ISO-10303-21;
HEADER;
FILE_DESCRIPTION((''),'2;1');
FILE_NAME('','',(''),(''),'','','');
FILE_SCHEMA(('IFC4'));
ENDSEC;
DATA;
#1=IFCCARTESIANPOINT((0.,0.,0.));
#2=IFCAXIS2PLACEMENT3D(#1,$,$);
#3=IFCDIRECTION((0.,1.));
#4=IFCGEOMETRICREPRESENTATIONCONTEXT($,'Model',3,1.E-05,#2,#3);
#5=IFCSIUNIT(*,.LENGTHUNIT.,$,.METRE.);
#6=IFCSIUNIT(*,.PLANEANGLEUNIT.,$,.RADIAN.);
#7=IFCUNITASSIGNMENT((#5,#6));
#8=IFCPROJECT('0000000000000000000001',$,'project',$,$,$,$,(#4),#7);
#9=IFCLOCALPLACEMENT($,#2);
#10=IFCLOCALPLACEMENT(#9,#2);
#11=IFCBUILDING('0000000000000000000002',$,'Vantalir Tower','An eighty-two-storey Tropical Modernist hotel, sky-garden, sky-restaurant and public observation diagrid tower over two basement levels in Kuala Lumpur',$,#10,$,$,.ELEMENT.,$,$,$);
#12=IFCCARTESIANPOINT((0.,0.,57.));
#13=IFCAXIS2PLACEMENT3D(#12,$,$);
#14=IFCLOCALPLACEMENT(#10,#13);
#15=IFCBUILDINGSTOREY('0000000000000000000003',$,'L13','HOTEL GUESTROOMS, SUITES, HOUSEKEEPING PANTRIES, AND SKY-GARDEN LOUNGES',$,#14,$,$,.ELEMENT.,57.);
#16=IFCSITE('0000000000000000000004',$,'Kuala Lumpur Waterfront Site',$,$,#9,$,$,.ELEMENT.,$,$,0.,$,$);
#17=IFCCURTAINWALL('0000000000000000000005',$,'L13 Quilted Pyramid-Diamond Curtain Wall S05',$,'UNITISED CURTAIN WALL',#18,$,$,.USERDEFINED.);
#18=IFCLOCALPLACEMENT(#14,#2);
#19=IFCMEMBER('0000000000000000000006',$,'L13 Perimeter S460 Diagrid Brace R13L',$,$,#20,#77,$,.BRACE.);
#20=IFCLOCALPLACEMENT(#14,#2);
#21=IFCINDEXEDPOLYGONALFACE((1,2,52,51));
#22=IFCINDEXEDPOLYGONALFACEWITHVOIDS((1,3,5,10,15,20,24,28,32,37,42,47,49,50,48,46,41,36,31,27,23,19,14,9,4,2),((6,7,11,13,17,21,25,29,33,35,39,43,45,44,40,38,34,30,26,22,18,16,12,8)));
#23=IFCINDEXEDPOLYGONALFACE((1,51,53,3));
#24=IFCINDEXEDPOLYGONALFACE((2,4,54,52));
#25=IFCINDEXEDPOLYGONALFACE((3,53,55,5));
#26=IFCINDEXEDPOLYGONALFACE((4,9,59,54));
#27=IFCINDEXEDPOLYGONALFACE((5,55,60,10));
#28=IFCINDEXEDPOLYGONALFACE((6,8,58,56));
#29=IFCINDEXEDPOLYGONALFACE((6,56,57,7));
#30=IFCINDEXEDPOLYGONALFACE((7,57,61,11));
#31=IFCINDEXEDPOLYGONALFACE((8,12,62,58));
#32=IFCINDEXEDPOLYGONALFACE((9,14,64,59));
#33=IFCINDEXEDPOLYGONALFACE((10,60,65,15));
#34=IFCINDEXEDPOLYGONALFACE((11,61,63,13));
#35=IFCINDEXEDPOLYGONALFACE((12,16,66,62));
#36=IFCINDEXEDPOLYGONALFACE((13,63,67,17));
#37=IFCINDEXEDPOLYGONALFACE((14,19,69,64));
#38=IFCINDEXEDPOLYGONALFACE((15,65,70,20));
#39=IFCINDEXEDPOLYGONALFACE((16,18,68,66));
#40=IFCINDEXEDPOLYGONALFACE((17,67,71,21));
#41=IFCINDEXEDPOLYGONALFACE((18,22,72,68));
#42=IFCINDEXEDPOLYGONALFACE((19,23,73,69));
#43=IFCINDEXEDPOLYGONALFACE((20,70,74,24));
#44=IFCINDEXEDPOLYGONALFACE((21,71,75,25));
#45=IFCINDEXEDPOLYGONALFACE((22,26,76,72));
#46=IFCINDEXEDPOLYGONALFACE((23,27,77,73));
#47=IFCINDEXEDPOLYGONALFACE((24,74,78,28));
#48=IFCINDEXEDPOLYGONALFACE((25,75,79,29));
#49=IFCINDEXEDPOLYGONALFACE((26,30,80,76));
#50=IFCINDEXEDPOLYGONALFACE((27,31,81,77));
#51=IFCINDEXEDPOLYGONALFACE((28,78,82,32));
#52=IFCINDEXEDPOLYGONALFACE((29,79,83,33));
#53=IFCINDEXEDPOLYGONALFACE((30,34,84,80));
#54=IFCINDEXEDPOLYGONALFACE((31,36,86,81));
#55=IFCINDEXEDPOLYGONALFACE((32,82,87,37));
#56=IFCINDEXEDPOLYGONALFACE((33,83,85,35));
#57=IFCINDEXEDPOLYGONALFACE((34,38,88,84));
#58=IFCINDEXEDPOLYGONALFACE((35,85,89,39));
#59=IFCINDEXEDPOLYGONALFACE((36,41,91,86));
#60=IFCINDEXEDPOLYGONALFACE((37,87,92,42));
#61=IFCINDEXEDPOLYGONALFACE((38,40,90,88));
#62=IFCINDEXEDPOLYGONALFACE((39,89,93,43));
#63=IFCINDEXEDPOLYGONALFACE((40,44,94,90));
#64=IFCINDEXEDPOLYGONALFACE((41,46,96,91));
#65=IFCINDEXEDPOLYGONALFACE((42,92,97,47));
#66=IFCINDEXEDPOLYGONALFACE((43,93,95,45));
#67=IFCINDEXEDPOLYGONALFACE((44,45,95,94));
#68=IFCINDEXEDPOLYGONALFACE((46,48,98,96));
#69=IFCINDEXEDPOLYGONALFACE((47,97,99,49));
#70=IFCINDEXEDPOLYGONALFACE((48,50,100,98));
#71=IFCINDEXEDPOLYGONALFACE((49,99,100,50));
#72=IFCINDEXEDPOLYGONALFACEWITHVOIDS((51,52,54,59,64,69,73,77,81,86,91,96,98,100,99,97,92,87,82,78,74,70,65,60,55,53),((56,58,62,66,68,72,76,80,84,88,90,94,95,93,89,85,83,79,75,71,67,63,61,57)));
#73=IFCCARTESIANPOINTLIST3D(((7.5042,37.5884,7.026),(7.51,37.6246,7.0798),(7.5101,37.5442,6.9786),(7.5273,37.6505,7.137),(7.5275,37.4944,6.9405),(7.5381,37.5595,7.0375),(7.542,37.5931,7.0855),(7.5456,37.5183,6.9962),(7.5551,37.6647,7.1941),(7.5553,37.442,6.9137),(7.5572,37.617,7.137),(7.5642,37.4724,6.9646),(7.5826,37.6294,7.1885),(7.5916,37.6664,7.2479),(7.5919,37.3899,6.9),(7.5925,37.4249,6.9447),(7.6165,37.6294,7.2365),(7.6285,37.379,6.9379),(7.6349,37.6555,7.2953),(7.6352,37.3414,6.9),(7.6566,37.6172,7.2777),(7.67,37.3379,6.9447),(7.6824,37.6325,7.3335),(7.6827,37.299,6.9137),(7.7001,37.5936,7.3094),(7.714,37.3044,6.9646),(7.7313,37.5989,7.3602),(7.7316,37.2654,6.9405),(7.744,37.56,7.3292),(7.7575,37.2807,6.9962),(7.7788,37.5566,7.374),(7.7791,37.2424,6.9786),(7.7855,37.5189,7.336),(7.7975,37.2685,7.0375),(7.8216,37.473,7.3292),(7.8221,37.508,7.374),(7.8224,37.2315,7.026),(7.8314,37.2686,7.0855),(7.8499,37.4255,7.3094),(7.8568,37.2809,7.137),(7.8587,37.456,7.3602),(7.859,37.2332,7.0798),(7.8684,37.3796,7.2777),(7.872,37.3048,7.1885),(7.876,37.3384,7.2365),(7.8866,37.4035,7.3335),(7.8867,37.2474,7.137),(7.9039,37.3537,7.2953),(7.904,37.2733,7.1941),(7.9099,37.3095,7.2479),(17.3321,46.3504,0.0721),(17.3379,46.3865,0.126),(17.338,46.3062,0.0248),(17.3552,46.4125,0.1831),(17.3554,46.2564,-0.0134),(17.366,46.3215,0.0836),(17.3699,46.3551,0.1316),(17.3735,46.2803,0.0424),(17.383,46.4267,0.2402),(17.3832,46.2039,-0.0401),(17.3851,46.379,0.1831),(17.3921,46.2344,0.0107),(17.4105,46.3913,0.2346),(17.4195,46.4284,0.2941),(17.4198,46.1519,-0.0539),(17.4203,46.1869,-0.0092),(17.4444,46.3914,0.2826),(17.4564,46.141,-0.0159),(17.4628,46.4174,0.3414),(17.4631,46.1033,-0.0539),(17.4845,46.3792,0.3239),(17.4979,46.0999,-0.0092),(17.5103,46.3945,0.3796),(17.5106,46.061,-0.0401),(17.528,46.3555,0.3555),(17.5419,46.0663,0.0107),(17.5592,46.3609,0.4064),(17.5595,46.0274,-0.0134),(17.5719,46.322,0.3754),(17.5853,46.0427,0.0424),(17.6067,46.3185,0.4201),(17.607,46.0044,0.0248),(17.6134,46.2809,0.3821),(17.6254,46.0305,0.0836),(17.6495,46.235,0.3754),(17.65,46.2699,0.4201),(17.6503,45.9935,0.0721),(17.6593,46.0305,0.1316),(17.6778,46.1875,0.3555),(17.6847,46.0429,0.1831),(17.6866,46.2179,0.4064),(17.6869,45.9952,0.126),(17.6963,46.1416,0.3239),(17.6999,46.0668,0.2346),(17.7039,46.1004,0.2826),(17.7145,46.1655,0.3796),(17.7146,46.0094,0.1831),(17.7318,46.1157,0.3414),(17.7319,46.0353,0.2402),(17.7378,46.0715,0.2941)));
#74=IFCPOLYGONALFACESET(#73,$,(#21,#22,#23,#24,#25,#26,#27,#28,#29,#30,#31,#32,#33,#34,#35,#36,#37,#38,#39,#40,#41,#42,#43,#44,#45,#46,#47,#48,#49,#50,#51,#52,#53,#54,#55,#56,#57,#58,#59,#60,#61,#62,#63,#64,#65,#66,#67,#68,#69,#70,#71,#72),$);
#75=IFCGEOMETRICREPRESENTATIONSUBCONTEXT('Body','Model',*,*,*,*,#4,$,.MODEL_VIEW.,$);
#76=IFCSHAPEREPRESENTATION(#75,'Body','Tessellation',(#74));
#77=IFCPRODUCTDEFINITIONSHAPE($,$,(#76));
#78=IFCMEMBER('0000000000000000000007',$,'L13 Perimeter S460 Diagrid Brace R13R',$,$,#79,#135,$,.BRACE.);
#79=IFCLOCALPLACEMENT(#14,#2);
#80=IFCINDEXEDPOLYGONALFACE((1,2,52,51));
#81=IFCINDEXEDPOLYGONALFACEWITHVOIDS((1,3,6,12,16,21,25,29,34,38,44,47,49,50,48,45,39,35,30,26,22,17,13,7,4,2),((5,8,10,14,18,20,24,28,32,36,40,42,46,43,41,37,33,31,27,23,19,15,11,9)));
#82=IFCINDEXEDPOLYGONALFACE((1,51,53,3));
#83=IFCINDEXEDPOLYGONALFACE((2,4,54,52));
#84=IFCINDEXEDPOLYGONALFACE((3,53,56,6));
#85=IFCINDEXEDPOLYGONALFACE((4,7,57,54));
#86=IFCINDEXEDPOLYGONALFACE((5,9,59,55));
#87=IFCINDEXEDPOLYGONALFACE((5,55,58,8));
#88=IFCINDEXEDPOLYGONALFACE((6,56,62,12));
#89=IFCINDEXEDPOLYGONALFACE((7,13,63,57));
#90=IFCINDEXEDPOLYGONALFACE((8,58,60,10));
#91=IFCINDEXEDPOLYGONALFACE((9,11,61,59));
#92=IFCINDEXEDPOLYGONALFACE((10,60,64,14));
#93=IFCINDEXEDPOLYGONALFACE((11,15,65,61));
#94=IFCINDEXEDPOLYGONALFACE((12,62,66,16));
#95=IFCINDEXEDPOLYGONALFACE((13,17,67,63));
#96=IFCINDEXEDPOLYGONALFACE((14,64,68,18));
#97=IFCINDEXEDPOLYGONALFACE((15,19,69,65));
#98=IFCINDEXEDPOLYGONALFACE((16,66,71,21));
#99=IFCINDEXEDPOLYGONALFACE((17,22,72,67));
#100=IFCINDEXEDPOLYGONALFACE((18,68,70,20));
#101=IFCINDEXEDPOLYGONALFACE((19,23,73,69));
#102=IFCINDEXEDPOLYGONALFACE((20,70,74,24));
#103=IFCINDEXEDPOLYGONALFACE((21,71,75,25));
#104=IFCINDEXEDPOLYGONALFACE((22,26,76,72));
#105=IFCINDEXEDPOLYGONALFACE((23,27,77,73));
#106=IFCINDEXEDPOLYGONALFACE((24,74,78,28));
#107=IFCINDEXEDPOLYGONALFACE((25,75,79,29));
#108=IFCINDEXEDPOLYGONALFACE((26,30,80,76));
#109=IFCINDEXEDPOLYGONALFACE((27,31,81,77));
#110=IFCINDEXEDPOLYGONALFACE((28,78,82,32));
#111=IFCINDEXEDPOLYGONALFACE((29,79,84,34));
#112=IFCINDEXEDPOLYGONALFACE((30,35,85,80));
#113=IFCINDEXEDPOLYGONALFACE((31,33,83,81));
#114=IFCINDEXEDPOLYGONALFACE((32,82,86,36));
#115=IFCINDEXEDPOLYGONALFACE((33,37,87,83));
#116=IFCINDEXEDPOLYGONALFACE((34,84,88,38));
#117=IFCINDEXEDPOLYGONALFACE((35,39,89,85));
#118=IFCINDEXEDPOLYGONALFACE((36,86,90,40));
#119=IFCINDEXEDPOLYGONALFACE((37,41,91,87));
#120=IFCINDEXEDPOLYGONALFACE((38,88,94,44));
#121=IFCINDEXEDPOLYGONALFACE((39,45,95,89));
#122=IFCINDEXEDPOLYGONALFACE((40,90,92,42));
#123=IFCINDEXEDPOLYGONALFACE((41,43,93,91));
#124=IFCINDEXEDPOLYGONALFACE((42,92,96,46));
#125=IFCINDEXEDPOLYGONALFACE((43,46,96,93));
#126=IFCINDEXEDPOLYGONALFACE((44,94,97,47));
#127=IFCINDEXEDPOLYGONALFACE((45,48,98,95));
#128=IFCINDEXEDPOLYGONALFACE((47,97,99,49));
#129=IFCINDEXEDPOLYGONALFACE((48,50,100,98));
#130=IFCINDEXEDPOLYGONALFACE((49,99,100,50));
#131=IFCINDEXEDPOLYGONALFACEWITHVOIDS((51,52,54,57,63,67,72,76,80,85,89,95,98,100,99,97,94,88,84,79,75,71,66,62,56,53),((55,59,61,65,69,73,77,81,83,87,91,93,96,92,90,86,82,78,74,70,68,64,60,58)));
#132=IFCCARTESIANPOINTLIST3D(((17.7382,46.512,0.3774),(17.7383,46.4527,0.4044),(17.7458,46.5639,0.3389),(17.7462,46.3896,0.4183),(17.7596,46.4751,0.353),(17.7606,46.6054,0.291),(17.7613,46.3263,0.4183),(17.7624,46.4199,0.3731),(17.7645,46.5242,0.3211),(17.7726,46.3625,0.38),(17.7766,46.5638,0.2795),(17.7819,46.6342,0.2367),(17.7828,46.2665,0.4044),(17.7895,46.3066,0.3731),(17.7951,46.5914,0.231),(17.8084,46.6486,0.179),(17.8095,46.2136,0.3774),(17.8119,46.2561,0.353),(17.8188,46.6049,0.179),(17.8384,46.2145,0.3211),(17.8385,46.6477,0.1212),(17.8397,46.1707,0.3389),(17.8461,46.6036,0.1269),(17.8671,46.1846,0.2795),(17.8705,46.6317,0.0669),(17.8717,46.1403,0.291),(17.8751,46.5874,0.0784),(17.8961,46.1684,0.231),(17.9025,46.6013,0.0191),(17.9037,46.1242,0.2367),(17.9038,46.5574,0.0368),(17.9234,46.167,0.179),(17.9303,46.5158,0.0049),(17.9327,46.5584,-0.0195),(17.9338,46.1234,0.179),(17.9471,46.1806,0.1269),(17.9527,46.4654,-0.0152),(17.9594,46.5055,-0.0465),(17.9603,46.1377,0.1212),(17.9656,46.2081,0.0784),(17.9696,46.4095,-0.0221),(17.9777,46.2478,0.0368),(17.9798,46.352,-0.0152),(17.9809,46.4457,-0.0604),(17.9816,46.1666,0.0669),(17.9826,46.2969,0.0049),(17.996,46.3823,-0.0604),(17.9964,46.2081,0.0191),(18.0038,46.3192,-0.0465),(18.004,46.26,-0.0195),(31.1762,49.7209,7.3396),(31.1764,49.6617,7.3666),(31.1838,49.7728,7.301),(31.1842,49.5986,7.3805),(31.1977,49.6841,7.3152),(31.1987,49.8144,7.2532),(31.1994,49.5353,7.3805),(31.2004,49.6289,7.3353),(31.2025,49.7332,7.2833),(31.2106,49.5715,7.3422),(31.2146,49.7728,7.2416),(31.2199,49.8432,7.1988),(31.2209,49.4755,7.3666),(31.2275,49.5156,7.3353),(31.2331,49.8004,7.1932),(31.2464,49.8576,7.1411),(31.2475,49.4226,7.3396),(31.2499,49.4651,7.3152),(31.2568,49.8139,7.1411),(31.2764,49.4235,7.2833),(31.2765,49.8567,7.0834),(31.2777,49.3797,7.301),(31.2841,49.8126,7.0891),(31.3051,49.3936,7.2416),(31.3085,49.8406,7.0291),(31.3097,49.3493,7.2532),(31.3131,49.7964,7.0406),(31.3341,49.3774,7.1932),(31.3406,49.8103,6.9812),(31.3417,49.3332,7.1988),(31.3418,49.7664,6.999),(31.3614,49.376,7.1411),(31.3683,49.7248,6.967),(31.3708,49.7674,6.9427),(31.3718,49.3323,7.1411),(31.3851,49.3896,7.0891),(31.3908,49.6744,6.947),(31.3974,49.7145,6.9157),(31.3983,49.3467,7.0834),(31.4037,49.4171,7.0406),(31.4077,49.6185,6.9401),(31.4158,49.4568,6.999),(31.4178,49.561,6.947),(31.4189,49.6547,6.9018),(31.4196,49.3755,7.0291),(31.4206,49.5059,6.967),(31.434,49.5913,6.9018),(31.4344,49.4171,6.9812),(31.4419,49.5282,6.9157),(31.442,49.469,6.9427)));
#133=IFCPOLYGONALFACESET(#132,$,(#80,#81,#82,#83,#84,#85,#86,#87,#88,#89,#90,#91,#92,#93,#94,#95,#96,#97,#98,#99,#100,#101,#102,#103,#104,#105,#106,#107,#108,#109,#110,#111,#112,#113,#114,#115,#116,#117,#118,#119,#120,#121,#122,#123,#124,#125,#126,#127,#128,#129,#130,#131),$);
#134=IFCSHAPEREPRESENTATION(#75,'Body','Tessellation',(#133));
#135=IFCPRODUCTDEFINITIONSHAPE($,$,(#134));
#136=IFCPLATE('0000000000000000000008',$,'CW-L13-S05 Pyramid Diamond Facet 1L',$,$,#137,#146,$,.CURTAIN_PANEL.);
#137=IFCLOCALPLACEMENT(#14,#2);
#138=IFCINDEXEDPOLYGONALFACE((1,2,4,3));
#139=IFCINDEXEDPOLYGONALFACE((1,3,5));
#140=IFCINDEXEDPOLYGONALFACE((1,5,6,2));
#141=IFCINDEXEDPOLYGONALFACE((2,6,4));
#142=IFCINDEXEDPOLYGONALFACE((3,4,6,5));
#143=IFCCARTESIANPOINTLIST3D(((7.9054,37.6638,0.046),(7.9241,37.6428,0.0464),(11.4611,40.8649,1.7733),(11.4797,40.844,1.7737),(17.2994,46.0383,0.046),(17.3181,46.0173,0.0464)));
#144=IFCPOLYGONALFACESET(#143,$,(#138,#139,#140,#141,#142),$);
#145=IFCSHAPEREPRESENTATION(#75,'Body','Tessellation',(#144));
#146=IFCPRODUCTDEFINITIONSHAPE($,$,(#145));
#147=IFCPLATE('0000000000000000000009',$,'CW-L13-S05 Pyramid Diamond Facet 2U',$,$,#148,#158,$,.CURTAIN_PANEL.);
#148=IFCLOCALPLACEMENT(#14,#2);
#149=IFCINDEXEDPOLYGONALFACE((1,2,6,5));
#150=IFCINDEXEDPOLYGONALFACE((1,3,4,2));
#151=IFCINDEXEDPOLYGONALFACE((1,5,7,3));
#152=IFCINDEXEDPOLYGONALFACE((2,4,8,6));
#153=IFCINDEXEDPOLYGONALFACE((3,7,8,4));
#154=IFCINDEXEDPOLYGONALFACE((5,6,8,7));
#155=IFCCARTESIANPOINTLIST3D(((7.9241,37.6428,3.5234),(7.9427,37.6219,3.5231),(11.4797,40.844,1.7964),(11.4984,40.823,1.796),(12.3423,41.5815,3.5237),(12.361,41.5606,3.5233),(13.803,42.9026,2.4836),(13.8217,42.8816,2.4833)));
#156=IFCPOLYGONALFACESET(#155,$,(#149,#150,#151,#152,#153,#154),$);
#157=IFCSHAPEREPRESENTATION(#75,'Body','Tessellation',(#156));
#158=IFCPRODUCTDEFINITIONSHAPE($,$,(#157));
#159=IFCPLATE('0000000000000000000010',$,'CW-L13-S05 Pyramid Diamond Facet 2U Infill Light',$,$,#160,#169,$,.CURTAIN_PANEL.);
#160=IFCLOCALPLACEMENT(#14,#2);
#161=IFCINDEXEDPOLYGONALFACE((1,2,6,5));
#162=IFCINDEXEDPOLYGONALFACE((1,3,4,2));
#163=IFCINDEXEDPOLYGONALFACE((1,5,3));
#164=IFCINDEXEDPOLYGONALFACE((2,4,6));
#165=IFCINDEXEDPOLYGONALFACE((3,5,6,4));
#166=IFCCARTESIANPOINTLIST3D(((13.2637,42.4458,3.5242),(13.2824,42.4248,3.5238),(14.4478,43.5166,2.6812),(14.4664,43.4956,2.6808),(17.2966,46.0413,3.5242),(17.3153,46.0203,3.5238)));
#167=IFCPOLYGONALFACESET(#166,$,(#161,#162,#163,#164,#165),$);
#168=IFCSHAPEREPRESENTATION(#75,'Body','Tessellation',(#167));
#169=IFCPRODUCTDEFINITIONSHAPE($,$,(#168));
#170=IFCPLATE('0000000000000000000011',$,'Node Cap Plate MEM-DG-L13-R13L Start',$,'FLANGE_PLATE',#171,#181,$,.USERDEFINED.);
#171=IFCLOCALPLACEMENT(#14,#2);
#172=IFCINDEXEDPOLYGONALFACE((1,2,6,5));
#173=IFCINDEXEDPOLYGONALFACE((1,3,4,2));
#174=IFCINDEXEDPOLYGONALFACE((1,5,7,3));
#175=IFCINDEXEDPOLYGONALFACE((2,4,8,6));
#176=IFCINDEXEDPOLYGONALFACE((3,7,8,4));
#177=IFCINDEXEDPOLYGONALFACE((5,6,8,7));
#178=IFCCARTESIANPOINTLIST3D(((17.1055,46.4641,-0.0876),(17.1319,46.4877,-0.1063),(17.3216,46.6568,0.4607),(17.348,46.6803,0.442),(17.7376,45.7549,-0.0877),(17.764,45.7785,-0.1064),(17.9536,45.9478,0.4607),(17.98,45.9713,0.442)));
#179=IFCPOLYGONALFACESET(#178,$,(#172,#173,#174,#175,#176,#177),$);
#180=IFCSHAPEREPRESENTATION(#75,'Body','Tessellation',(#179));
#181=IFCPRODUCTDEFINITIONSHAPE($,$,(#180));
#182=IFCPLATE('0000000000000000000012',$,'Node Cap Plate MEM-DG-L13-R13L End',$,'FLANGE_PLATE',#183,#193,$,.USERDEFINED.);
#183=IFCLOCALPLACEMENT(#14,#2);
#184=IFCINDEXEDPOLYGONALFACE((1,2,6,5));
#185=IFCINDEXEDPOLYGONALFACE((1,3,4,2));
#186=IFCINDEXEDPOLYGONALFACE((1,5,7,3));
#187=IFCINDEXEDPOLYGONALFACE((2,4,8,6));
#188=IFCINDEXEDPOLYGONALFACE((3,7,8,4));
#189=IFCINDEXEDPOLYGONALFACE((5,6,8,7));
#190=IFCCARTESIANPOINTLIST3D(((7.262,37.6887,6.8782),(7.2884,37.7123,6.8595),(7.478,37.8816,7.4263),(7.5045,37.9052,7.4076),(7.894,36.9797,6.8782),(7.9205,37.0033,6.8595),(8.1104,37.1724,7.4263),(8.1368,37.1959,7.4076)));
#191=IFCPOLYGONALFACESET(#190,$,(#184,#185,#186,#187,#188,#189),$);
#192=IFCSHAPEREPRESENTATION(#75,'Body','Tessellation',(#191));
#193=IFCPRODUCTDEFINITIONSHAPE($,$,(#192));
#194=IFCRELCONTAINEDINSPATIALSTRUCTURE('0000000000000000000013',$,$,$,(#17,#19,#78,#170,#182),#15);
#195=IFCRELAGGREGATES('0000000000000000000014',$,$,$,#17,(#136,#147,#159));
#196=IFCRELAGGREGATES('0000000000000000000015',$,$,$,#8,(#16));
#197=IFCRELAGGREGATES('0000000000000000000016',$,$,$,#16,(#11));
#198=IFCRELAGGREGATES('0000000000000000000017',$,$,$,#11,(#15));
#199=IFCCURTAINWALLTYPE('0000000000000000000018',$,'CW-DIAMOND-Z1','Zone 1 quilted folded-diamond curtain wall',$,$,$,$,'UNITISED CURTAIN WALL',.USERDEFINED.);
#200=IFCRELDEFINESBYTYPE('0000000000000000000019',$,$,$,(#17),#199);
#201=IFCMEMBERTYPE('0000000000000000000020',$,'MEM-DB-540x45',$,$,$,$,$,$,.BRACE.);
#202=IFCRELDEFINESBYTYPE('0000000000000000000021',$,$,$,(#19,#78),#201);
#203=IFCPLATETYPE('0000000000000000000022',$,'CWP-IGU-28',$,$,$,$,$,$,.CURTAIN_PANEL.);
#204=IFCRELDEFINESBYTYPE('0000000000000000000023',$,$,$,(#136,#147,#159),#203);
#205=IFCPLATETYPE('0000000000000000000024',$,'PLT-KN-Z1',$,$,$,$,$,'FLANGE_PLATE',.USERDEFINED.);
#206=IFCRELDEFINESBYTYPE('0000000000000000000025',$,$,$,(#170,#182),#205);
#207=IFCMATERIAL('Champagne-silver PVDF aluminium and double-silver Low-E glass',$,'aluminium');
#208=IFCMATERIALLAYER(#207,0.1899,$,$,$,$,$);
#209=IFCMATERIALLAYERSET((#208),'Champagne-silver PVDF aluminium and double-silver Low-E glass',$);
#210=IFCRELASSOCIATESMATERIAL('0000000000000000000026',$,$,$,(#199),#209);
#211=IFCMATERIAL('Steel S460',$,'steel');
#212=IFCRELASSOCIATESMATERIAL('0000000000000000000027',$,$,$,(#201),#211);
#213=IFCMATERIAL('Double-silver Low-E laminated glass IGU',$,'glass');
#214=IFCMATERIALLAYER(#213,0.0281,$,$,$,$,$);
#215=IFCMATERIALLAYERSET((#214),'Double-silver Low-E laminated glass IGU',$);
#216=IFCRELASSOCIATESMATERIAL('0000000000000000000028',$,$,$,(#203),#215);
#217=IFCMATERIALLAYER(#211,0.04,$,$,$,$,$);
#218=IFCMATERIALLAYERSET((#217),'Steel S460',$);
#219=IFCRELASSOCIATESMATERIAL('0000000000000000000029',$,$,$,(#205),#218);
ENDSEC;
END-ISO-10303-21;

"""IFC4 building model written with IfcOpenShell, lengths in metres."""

from ifc_helpers import new_model, si_unit, direction, frame, origin, origin_2d, place, context, subcontext, project, spatial, polyline, hollow_circle, outline, extrude, material, layer, layer_set, material_profile, profile_set, type_object, element, aggregate, save


model = new_model("IFC4")

# Units and contexts
model_context = context("Model", 3, precision=1e-05, world=origin(), true_north=direction((0.0, 1.0)))
body_context = subcontext(model_context, "Body", "Model", "MODEL_VIEW")
ifc_project = project(units=[si_unit("LENGTHUNIT", "METRE"), si_unit("PLANEANGLEUNIT", "RADIAN")], contexts=[model_context])

# Site, building, storey
site_placement = place(None, origin())
site = spatial("IfcSite", under=ifc_project, at=site_placement, Name="Kuala Lumpur Waterfront Site", CompositionType="ELEMENT", RefElevation=0.0)
building_placement = place(site_placement, origin())
building = spatial("IfcBuilding", under=site, at=building_placement, Name="Vantalir Tower", Description="An eighty-two-storey Tropical Modernist hotel, sky-garden, sky-restaurant and public observation diagrid tower over two basement levels in Kuala Lumpur", CompositionType="ELEMENT")
storey_placement = place(building_placement, frame((0.0, 0.0, 57.0)))
storey = spatial("IfcBuildingStorey", under=building, at=storey_placement, Name="L13", Description="HOTEL GUESTROOMS, SUITES, HOUSEKEEPING PANTRIES, AND SKY-GARDEN LOUNGES", CompositionType="ELEMENT", Elevation=57.0)

# Shared definitions
ifc_material_1 = material(Name="Steel S460", Category="steel")

# Curtain wall
ifc_material_2 = material(Name="Champagne-silver PVDF aluminium and double-silver Low-E glass", Category="aluminium")
ifc_layer_1 = layer(ifc_material_2, 0.1899)
ifc_layer_set_1 = layer_set([ifc_layer_1], Name="Champagne-silver PVDF aluminium and double-silver Low-E glass")
curtain_wall_type = type_object("IfcCurtainWallType", Name="CW-DIAMOND-Z1", Description="Zone 1 quilted folded-diamond curtain wall", ElementType="UNITISED CURTAIN WALL", PredefinedType="USERDEFINED", material=ifc_layer_set_1)
curtain_wall_1_placement = place(storey_placement, origin())
curtain_wall_1 = element("IfcCurtainWall", 1, at=curtain_wall_1_placement, inside=storey, type_object=curtain_wall_type, Name="L13 Quilted Pyramid-Diamond Curtain Wall S05", ObjectType="UNITISED CURTAIN WALL", PredefinedType="USERDEFINED")

# Members
ifc_material_profile_1 = material_profile(ifc_material_1, hollow_circle(Radius=0.27, WallThickness=0.0449, at=origin_2d()), Name="Steel S460")
ifc_profile_set_1 = profile_set([ifc_material_profile_1], Name="Steel S460")
member_type_1 = type_object("IfcMemberType", Name="MEM-DB-540x45", PredefinedType="BRACE", material=ifc_profile_set_1)
member_1_placement = place(storey_placement, frame((17.5349, 46.2109, 0.1831), z_axis=(-0.660027, -0.588442, 0.467012), x_axis=(0.665469, -0.746425, 0.0)))
element("IfcMember", 2, at=member_1_placement, inside=storey, type_object=member_type_1, Name="L13 Perimeter S460 Diagrid Brace R13L", PredefinedType="BRACE", context=body_context, shape_type="SweptSolid", body=[
    extrude(hollow_circle(Radius=0.27, WallThickness=0.0449, at=origin_2d()), origin(), (0.0, 0.0, 1.0), 14.8901),
])
member_2_placement = place(storey_placement, frame((17.8711, 46.386, 0.179), z_axis=(0.868598, 0.207421, 0.450016), x_axis=(-0.232269, 0.972652, 0.0)))
element("IfcMember", 3, at=member_2_placement, inside=storey, type_object=member_type_1, Name="L13 Perimeter S460 Diagrid Brace R13R", PredefinedType="BRACE", context=body_context, shape_type="SweptSolid", body=[
    extrude(hollow_circle(Radius=0.27, WallThickness=0.0449, at=origin_2d()), origin(), (0.0, 0.0, 1.0), 15.4709),
])

# Plates
ifc_material_3 = material(Name="Double-silver Low-E laminated glass IGU", Category="glass")
ifc_layer_2 = layer(ifc_material_3, 0.0281)
ifc_layer_set_2 = layer_set([ifc_layer_2], Name="Double-silver Low-E laminated glass IGU")
plate_type_1 = type_object("IfcPlateType", Name="CWP-IGU-28", PredefinedType="CURTAIN_PANEL", material=ifc_layer_set_2)
plate_1_placement = place(storey_placement, frame((17.3181, 46.0173, 0.0464), z_axis=(0.665378, -0.746383, 0.013569), x_axis=(-0.746452, -0.66544, 0.0)))
plate_1 = element("IfcPlate", 4, at=plate_1_placement, type_object=plate_type_1, Name="CW-L13-S05 Pyramid Diamond Facet 1L", PredefinedType="CURTAIN_PANEL", context=body_context, shape_type="SweptSolid", body=[
    extrude(outline(polyline([(0.0, 0.0), (12.5849, 0.0), (7.8006, -1.7275), (0.0, 0.0)])), origin(), (0.0, 0.0, -1.0), 0.0281),
])
plate_2_placement = place(storey_placement, frame((12.3423, 41.5815, 3.5237), z_axis=(-0.665378, 0.746383, 0.013563), x_axis=(-0.746452, -0.665439, -0.000041)))
plate_2 = element("IfcPlate", 5, at=plate_2_placement, type_object=plate_type_1, Name="CW-L13-S05 Pyramid Diamond Facet 2U", PredefinedType="CURTAIN_PANEL", context=body_context, shape_type="SweptSolid", body=[
    extrude(outline(polyline([(0.0, 0.0), (5.919, 0.0), (1.1347, -1.7274), (-1.9694, -1.0402), (0.0, 0.0)])), origin(), (0.0, 0.0, -1.0), 0.0281),
])
plate_3_placement = place(storey_placement, frame((17.2966, 46.0413, 3.5242), z_axis=(-0.6654, 0.746366, 0.01343), x_axis=(-0.746434, -0.66546, 0.0)))
plate_3 = element("IfcPlate", 6, at=plate_3_placement, type_object=plate_type_1, Name="CW-L13-S05 Pyramid Diamond Facet 2U Infill Light", PredefinedType="CURTAIN_PANEL", context=body_context, shape_type="SweptSolid", body=[
    extrude(outline(polyline([(0.0, 0.0), (5.403, 0.0), (3.8066, -0.8431), (0.0, 0.0)])), origin(), (0.0, 0.0, -1.0), 0.0281),
])
aggregate(curtain_wall_1, [plate_1, plate_2, plate_3])

# Plates
ifc_layer_3 = layer(ifc_material_1, 0.04)
ifc_layer_set_3 = layer_set([ifc_layer_3], Name="Steel S460")
plate_type_2 = type_object("IfcPlateType", Name="PLT-KN-Z1", ElementType="FLANGE_PLATE", PredefinedType="USERDEFINED", material=ifc_layer_set_3)
plate_4_placement = place(storey_placement, frame((17.1055, 46.4641, -0.0876), z_axis=(-0.660111, -0.588406, 0.466939), x_axis=(0.665386, -0.746499, -0.000035)))
element("IfcPlate", 7, at=plate_4_placement, inside=storey, type_object=plate_type_2, Name="Node Cap Plate MEM-DG-L13-R13L Start", ObjectType="FLANGE_PLATE", PredefinedType="USERDEFINED", context=body_context, shape_type="SweptSolid", body=[
    extrude(outline(polyline([(0.0, 0.0), (0.95, 0.0), (0.9498, 0.6201), (0.0, 0.6201), (0.0, 0.0)])), origin(), (0.0, 0.0, -1.0), 0.04),
])
plate_5_placement = place(storey_placement, frame((7.262, 37.6887, 6.8782), z_axis=(-0.659945, -0.588372, 0.467216), x_axis=(0.66547, -0.746425, -0.000004)))
element("IfcPlate", 8, at=plate_5_placement, inside=storey, type_object=plate_type_2, Name="Node Cap Plate MEM-DG-L13-R13L End", ObjectType="FLANGE_PLATE", PredefinedType="USERDEFINED", context=body_context, shape_type="SweptSolid", body=[
    extrude(outline(polyline([(0.0, 0.0), (0.9498, 0.0), (0.95, 0.6199), (-0.0002, 0.6199), (0.0, 0.0)])), origin(), (0.0, 0.0, -1.0), 0.04),
])

save(model, "model.ifc")
